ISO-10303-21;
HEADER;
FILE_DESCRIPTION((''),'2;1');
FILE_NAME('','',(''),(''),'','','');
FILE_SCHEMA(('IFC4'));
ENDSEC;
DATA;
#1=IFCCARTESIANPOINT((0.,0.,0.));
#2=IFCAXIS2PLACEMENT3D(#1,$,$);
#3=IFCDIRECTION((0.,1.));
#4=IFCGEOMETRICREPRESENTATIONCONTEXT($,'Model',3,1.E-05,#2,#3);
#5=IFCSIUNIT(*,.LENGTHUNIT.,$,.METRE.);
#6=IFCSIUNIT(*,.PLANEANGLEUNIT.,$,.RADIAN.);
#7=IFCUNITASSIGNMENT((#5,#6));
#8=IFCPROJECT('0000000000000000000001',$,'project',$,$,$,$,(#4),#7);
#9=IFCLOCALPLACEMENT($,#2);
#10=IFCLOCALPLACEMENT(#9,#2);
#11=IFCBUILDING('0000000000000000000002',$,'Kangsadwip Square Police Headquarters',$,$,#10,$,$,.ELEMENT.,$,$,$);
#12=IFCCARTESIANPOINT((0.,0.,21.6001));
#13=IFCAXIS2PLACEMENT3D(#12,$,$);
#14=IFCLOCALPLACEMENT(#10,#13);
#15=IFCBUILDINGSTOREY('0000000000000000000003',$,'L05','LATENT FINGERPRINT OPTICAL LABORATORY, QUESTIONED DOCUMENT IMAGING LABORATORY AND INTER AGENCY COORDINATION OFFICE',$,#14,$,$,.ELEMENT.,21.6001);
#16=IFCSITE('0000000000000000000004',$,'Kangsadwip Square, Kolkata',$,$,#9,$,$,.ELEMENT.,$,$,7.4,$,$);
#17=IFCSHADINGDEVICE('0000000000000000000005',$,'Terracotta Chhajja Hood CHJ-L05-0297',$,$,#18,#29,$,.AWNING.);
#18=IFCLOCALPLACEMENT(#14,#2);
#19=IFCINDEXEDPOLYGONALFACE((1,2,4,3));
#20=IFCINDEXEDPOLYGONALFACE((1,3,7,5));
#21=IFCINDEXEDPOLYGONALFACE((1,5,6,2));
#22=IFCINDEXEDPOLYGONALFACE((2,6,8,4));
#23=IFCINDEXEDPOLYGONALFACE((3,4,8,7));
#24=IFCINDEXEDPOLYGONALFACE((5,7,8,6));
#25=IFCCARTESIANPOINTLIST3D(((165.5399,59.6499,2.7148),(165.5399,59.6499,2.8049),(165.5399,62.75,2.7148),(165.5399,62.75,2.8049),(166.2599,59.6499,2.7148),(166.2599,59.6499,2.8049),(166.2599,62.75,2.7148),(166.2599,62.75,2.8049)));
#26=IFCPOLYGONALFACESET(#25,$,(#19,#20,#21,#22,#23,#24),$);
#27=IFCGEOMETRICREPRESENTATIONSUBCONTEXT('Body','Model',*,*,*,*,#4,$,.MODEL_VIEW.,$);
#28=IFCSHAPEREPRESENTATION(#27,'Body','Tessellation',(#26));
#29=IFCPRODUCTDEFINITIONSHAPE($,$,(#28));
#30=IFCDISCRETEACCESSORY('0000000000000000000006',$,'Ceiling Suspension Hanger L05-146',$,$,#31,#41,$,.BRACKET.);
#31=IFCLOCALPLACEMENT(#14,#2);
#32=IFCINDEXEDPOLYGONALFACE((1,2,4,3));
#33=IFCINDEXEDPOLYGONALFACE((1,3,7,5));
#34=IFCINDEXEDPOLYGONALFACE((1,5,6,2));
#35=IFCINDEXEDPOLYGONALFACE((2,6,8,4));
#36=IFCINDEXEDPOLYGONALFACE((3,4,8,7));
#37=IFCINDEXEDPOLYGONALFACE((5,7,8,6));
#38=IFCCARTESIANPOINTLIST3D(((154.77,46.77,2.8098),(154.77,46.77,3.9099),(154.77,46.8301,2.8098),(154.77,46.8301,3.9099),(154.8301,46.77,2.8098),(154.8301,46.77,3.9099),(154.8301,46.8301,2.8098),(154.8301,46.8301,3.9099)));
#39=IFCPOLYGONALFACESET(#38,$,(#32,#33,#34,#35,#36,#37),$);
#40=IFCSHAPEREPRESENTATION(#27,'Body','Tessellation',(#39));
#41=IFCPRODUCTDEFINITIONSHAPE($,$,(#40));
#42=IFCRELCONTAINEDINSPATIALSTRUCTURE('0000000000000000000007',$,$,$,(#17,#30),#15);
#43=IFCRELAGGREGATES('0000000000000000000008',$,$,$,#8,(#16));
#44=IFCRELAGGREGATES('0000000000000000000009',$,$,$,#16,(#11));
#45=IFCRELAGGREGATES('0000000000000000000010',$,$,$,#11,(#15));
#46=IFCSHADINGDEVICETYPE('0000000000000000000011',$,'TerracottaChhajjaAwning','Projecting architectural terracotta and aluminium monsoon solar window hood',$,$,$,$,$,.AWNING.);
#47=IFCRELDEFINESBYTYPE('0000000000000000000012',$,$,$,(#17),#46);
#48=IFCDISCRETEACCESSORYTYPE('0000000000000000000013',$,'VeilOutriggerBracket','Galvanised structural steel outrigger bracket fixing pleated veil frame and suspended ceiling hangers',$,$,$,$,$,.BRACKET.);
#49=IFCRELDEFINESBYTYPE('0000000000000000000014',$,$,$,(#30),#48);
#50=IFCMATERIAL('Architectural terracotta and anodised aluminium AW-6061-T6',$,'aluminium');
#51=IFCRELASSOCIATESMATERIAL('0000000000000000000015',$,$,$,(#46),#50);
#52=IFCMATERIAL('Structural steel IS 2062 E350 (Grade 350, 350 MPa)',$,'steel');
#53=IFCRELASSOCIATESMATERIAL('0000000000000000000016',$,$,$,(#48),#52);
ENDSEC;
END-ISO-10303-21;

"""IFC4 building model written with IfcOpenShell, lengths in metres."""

from ifc_helpers import new_model, si_unit, direction, frame, origin, origin_2d, place, context, subcontext, project, spatial, rectangle, extrude, material, type_object, element, save


model = new_model("IFC4")

# Units and contexts
model_context = context("Model", 3, precision=1e-05, world=origin(), true_north=direction((0.0, 1.0)))
body_context = subcontext(model_context, "Body", "Model", "MODEL_VIEW")
ifc_project = project(units=[si_unit("LENGTHUNIT", "METRE"), si_unit("PLANEANGLEUNIT", "RADIAN")], contexts=[model_context])

# Site, building, storey
site_placement = place(None, origin())
site = spatial("IfcSite", under=ifc_project, at=site_placement, Name="Kangsadwip Square, Kolkata", CompositionType="ELEMENT", RefElevation=7.4)
building_placement = place(site_placement, origin())
building = spatial("IfcBuilding", under=site, at=building_placement, Name="Kangsadwip Square Police Headquarters", CompositionType="ELEMENT")
storey_placement = place(building_placement, frame((0.0, 0.0, 21.6001)))
storey = spatial("IfcBuildingStorey", under=building, at=storey_placement, Name="L05", Description="LATENT FINGERPRINT OPTICAL LABORATORY, QUESTIONED DOCUMENT IMAGING LABORATORY AND INTER AGENCY COORDINATION OFFICE", CompositionType="ELEMENT", Elevation=21.6001)

# Shading device
ifc_material_1 = material(Name="Architectural terracotta and anodised aluminium AW-6061-T6", Category="aluminium")
shading_device_type = type_object("IfcShadingDeviceType", Name="TerracottaChhajjaAwning", Description="Projecting architectural terracotta and aluminium monsoon solar window hood", PredefinedType="AWNING", material=ifc_material_1)
shading_device_1_placement = place(storey_placement, frame((165.8999, 61.2, 2.7148), z_axis=(0.0, 0.0, 1.0), x_axis=(0.0, 1.0, 0.0)))
element("IfcShadingDevice", 1, at=shading_device_1_placement, inside=storey, type_object=shading_device_type, Name="Terracotta Chhajja Hood CHJ-L05-0297", PredefinedType="AWNING", context=body_context, shape_type="SweptSolid", body=[
    extrude(rectangle(XDim=3.1001, YDim=0.72, at=origin_2d()), origin(), (0.0, 0.0, 1.0), 0.0901),
])

# Discrete accessory
ifc_material_2 = material(Name="Structural steel IS 2062 E350 (Grade 350, 350 MPa)", Category="steel")
discrete_accessory_type = type_object("IfcDiscreteAccessoryType", Name="VeilOutriggerBracket", Description="Galvanised structural steel outrigger bracket fixing pleated veil frame and suspended ceiling hangers", PredefinedType="BRACKET", material=ifc_material_2)
discrete_accessory_placement = place(storey_placement, frame((154.8, 46.8, 2.8098), z_axis=(0.0, 0.0, 1.0), x_axis=(1.0, 0.0, 0.0)))
element("IfcDiscreteAccessory", 2, at=discrete_accessory_placement, inside=storey, type_object=discrete_accessory_type, Name="Ceiling Suspension Hanger L05-146", PredefinedType="BRACKET", context=body_context, shape_type="SweptSolid", body=[
    extrude(rectangle(XDim=0.0601, YDim=0.0601, at=origin_2d()), origin(), (0.0, 0.0, 1.0), 1.1001),
])

save(model, "model.ifc")
